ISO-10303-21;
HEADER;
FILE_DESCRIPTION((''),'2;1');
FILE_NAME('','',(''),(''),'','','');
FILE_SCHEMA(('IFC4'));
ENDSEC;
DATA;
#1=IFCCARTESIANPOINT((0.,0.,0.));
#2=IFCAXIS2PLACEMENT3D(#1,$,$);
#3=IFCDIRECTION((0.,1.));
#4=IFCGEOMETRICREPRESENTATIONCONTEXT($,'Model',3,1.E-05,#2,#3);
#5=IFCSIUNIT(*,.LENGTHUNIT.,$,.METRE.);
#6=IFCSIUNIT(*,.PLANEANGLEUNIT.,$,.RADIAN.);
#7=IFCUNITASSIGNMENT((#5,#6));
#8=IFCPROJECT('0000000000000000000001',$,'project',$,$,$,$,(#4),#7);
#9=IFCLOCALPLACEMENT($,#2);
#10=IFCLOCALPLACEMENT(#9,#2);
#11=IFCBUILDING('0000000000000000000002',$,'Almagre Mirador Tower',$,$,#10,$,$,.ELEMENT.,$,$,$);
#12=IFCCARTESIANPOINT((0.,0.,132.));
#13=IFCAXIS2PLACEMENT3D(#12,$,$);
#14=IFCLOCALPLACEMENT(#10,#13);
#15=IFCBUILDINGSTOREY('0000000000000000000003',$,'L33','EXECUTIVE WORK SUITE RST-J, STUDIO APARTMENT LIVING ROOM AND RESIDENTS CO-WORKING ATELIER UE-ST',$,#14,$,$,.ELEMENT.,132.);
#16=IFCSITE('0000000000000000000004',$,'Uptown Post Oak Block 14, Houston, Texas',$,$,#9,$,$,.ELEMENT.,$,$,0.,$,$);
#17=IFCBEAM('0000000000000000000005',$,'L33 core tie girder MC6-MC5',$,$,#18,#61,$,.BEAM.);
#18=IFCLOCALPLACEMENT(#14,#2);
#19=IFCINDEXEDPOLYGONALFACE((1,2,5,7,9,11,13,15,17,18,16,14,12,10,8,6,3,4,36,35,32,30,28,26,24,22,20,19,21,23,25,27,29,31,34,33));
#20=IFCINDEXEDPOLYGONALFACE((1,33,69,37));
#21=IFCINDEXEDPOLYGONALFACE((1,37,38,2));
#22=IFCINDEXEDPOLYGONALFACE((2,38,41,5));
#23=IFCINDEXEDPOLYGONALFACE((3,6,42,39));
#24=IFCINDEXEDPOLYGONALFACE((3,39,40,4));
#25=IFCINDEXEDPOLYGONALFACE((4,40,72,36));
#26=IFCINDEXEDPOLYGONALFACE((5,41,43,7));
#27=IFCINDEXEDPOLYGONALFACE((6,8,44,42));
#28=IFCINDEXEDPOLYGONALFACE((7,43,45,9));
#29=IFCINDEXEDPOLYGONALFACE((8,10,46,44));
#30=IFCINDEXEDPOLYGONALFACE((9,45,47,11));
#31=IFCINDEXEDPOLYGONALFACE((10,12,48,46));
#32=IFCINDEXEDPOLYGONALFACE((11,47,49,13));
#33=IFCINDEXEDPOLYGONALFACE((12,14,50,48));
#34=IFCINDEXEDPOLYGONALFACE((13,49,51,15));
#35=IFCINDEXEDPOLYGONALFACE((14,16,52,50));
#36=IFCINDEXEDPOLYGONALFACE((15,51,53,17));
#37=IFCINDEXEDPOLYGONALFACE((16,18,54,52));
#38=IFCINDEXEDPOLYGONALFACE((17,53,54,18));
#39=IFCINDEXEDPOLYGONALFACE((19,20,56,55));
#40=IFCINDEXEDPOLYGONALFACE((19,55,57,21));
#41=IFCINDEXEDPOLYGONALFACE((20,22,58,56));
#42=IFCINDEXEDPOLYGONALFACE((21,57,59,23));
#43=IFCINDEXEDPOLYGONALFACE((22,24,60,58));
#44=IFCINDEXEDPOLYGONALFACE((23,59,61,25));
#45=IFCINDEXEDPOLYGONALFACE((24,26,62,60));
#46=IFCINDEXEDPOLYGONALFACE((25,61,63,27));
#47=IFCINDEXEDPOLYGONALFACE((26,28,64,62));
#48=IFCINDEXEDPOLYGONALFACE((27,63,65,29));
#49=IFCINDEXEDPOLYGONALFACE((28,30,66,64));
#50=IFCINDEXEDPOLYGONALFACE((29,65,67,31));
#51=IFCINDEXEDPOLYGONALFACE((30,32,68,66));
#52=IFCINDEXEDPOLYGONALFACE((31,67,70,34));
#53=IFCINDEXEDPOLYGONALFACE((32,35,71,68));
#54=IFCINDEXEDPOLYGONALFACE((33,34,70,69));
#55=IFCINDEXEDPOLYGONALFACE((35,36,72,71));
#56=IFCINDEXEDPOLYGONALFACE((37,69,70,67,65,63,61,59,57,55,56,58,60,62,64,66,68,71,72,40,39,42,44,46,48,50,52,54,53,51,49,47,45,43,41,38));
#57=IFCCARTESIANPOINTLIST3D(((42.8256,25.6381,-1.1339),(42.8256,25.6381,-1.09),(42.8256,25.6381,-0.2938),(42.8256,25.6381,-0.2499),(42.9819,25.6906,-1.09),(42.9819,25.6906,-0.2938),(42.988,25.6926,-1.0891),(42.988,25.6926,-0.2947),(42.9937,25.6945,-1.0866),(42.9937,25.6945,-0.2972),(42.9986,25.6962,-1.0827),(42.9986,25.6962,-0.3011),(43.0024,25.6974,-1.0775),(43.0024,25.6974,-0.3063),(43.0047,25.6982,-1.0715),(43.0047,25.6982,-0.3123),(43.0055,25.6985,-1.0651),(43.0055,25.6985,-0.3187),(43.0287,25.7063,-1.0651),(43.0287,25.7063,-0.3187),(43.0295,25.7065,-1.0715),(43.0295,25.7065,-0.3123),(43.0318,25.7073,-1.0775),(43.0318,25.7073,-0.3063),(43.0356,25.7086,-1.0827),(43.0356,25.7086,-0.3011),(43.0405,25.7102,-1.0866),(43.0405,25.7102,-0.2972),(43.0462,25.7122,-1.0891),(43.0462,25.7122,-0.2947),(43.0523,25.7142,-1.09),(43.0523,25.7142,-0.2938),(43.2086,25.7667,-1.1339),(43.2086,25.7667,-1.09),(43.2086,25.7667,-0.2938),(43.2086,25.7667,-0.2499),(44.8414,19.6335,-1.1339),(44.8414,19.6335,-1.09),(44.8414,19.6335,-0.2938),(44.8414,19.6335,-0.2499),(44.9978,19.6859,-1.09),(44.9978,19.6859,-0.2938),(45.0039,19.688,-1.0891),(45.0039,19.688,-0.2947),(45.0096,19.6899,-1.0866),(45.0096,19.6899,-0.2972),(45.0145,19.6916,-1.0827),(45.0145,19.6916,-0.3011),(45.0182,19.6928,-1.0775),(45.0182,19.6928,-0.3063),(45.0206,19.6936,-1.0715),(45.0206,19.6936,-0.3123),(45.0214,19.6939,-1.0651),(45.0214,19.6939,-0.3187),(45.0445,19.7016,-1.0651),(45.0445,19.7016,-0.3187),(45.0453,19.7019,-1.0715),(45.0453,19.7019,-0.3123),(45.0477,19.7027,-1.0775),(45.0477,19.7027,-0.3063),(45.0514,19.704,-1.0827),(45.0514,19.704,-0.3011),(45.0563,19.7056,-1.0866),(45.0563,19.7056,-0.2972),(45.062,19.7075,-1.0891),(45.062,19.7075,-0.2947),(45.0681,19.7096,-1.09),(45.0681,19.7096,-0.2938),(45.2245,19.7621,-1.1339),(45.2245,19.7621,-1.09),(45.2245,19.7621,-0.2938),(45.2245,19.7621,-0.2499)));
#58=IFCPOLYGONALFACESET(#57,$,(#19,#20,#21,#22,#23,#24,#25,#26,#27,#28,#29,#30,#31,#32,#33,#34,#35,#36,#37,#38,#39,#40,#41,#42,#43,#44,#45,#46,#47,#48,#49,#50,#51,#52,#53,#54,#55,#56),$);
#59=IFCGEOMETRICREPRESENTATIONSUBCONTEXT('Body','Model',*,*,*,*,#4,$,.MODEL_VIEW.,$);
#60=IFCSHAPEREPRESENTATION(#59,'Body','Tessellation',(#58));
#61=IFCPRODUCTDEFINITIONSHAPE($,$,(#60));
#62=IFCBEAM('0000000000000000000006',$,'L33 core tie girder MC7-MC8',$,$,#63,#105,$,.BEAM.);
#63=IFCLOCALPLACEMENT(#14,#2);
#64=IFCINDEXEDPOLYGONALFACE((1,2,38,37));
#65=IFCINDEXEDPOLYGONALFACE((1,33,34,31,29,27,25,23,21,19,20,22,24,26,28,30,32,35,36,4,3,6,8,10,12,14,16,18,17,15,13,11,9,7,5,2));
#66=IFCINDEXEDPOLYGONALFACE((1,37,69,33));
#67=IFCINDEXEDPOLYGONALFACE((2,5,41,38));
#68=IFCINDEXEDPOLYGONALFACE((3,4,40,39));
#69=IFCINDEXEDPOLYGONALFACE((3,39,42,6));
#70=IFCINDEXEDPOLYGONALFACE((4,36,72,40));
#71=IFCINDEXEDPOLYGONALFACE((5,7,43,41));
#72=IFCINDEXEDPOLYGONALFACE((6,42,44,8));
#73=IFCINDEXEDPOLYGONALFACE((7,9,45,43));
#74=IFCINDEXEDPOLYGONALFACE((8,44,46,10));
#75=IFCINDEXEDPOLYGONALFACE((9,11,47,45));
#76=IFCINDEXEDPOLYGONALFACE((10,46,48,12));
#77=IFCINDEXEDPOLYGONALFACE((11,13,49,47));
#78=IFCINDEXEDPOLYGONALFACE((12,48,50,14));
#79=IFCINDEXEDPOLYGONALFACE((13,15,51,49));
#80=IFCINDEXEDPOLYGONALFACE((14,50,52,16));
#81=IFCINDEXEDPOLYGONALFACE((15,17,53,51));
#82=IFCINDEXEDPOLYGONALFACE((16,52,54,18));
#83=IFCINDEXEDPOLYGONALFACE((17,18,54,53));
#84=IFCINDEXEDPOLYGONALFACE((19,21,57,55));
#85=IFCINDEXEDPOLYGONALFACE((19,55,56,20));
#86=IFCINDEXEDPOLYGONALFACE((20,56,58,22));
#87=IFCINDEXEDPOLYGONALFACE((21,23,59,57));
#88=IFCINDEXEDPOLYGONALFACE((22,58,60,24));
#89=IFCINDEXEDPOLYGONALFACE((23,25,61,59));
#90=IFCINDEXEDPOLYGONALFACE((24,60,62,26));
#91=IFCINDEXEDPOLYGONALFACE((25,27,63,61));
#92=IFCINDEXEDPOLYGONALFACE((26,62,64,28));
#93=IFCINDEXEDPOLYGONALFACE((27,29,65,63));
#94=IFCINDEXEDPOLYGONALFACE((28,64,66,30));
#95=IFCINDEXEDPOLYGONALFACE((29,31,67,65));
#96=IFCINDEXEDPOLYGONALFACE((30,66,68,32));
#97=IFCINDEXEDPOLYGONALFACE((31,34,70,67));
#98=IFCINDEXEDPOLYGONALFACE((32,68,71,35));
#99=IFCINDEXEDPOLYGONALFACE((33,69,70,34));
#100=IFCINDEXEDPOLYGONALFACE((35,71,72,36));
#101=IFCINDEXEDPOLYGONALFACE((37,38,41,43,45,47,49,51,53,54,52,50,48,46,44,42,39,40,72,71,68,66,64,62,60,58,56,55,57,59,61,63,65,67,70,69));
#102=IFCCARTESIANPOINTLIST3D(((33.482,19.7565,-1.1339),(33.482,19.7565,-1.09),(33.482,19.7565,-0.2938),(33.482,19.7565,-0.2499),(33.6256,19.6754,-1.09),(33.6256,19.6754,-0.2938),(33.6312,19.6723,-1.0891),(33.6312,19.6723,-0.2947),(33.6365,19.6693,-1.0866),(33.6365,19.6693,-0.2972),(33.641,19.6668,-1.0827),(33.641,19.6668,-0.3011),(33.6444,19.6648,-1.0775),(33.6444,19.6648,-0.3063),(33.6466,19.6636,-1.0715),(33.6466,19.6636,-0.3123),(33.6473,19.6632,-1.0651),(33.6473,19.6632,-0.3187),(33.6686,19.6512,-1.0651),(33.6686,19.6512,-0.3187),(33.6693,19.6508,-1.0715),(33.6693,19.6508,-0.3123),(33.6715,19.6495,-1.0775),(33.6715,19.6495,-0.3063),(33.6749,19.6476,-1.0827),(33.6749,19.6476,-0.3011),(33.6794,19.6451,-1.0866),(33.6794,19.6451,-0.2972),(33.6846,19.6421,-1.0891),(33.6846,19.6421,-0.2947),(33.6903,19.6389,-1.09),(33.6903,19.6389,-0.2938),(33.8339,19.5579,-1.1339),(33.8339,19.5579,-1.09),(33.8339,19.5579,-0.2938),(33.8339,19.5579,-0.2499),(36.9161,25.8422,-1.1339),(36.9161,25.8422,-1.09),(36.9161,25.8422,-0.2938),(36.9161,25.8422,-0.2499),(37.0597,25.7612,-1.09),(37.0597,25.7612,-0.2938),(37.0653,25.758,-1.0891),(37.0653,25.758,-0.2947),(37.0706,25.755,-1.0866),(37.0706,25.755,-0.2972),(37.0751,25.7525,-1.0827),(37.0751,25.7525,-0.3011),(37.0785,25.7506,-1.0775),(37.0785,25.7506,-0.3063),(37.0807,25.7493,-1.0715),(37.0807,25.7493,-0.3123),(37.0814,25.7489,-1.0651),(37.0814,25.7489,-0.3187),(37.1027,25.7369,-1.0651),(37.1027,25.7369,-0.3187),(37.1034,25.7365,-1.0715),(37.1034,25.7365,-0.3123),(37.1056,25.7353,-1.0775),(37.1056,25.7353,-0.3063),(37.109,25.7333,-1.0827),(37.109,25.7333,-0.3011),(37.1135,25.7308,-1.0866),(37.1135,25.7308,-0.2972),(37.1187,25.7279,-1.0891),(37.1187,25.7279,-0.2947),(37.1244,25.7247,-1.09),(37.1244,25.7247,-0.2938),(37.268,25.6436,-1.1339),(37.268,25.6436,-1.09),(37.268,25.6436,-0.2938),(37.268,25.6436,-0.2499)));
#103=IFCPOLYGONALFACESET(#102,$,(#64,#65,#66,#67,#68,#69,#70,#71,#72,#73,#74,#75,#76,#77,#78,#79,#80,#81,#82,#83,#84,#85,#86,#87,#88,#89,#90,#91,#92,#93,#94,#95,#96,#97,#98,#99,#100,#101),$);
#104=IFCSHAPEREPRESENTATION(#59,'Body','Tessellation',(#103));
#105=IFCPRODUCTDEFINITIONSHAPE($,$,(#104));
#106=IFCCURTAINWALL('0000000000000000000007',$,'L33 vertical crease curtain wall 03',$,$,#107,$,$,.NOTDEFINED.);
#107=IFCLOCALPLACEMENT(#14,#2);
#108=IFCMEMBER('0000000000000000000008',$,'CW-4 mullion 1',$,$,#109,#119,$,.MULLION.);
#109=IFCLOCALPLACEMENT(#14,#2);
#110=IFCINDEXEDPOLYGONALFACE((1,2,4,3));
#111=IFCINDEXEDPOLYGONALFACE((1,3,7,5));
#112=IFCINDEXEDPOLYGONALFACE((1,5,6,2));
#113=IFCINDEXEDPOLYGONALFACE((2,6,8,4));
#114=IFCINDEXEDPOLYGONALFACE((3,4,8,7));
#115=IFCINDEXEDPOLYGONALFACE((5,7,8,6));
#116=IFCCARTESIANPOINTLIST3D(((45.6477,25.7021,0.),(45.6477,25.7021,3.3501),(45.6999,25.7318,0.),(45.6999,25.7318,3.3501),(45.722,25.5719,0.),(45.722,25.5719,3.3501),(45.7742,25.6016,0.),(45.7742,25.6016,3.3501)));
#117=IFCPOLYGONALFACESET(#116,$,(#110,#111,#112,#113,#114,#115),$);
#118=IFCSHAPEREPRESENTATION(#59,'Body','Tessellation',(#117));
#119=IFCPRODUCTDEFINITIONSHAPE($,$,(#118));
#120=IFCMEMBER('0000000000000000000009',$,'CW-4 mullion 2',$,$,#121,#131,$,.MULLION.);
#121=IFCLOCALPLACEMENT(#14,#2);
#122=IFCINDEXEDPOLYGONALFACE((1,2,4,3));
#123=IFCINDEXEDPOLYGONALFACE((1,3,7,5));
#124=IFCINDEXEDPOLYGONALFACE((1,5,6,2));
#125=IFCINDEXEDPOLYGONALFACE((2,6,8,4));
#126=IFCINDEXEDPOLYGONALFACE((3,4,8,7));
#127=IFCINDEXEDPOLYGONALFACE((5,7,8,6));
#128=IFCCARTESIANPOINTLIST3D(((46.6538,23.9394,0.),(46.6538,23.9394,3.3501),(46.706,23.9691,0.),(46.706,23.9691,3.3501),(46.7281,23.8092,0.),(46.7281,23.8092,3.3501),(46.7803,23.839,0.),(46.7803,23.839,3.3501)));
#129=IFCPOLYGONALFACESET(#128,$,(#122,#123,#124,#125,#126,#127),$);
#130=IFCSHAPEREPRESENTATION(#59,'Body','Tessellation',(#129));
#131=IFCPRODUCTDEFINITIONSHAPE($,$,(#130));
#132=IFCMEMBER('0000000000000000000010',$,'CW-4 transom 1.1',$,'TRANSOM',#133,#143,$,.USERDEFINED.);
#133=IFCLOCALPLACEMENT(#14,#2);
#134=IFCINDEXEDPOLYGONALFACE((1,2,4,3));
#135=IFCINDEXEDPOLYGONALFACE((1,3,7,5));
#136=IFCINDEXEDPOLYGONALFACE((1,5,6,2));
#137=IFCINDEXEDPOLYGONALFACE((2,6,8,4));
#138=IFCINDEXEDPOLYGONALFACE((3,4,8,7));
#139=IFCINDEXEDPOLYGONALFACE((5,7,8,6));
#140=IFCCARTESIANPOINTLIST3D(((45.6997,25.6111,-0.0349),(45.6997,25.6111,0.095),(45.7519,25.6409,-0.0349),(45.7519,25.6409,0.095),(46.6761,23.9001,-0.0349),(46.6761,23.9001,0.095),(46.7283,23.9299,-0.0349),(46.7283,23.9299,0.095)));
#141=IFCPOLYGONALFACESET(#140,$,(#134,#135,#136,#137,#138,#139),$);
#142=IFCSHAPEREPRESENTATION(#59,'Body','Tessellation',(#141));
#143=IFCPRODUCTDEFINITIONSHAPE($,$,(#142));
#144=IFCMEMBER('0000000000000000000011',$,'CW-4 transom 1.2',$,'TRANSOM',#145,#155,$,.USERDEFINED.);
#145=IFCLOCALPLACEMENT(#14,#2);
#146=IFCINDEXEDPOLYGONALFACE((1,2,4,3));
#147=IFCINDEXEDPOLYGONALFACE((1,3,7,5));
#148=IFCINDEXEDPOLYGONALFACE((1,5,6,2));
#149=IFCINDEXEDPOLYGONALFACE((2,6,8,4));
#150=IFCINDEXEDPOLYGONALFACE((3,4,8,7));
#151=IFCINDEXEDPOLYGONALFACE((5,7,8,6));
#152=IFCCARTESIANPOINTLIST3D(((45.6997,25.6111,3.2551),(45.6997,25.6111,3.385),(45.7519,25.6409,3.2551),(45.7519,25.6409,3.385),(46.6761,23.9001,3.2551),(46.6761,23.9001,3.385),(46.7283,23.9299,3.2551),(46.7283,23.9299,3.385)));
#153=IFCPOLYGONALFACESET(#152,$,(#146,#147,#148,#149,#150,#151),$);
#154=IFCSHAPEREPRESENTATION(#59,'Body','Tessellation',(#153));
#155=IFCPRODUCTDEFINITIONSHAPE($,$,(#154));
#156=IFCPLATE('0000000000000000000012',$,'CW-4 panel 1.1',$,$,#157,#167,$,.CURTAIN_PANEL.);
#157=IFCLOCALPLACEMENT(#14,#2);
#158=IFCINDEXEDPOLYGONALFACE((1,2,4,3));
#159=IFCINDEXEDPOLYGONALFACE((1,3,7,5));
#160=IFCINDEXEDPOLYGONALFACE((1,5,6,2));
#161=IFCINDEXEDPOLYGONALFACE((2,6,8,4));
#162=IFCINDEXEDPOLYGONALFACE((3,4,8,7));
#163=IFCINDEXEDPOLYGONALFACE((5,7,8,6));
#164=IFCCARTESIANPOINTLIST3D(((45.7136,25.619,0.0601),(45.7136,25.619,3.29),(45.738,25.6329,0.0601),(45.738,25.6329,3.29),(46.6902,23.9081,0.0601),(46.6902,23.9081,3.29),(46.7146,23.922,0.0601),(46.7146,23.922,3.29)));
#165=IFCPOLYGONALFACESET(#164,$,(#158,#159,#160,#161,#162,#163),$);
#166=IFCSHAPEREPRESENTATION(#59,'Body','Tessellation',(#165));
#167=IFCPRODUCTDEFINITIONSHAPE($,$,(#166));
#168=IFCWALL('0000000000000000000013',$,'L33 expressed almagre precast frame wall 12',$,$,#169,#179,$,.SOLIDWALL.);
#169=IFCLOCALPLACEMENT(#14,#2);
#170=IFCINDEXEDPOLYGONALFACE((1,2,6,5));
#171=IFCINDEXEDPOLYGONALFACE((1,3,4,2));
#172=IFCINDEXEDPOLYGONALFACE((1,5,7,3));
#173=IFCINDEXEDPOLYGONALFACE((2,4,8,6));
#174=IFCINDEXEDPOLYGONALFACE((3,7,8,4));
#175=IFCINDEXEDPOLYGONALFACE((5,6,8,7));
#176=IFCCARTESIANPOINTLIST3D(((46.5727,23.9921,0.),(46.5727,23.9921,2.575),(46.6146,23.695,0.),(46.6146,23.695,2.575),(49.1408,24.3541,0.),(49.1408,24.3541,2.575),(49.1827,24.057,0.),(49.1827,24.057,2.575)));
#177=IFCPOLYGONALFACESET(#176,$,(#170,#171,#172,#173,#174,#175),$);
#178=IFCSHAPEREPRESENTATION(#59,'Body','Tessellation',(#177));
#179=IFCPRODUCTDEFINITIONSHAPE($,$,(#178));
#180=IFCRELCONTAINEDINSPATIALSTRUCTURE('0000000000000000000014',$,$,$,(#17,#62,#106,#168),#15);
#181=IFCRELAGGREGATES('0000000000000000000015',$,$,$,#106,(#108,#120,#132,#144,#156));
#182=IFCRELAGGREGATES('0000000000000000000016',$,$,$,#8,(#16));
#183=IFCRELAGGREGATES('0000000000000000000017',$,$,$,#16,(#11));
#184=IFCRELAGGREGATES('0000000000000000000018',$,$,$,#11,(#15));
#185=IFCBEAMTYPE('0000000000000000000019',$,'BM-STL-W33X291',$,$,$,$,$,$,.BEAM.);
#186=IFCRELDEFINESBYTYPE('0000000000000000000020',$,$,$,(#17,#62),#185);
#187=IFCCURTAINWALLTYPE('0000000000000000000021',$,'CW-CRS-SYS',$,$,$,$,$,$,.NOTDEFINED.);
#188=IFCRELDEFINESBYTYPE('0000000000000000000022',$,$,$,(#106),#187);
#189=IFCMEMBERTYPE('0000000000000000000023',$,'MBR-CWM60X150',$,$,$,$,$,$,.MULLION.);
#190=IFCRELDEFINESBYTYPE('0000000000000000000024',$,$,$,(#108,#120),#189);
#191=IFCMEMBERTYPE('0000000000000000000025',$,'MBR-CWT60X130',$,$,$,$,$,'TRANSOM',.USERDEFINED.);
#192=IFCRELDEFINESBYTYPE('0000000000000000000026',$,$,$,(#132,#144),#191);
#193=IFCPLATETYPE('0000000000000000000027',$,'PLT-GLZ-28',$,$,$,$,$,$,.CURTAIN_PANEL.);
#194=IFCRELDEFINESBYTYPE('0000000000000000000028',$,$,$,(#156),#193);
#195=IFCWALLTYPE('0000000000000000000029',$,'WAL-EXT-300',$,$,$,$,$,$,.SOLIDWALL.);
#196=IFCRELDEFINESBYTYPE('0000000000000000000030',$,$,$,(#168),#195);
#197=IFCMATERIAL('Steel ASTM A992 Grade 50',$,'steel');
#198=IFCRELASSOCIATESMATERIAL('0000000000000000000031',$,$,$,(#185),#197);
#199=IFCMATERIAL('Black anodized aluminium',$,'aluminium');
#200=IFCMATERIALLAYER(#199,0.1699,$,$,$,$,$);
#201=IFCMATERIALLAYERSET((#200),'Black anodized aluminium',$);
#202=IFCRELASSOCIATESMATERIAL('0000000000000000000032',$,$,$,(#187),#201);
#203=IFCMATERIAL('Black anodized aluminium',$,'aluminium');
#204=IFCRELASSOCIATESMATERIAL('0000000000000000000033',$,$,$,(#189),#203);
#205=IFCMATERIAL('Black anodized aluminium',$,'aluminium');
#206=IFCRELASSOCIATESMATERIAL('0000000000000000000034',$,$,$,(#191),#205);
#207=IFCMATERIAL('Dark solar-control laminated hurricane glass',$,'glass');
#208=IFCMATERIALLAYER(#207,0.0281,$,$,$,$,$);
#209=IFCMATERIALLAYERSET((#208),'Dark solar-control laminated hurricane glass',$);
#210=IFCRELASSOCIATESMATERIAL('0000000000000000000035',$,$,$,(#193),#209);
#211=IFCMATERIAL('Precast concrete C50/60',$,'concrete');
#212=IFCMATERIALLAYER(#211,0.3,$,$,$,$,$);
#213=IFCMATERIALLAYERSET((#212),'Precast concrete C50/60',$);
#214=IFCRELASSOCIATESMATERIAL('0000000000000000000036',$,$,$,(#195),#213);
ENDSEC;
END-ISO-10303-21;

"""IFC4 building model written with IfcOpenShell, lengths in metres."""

from ifc_helpers import new_model, si_unit, direction, frame, frame_2d, origin, origin_2d, place, context, subcontext, project, spatial, rectangle, i_section, extrude, material, layer, layer_set, material_profile, profile_set, type_object, element, aggregate, save


model = new_model("IFC4")

# Units and contexts
model_context = context("Model", 3, precision=1e-05, world=origin(), true_north=direction((0.0, 1.0)))
body_context = subcontext(model_context, "Body", "Model", "MODEL_VIEW")
ifc_project = project(units=[si_unit("LENGTHUNIT", "METRE"), si_unit("PLANEANGLEUNIT", "RADIAN")], contexts=[model_context])

# Site, building, storey
site_placement = place(None, origin())
site = spatial("IfcSite", under=ifc_project, at=site_placement, Name="Uptown Post Oak Block 14, Houston, Texas", CompositionType="ELEMENT", RefElevation=0.0)
building_placement = place(site_placement, origin())
building = spatial("IfcBuilding", under=site, at=building_placement, Name="Almagre Mirador Tower", CompositionType="ELEMENT")
storey_placement = place(building_placement, frame((0.0, 0.0, 132.0)))
storey = spatial("IfcBuildingStorey", under=building, at=storey_placement, Name="L33", Description="EXECUTIVE WORK SUITE RST-J, STUDIO APARTMENT LIVING ROOM AND RESIDENTS CO-WORKING ATELIER UE-ST", CompositionType="ELEMENT", Elevation=132.0)

# Beams
ifc_material_1 = material(Name="Steel ASTM A992 Grade 50", Category="steel")
ifc_material_profile_1 = material_profile(ifc_material_1, i_section(OverallWidth=0.4041, OverallDepth=0.884, WebThickness=0.0244, FlangeThickness=0.0439, FilletRadius=0.0249, at=origin_2d()), Name="W33X291")
ifc_profile_set_1 = profile_set([ifc_material_profile_1], Name="Steel ASTM A992 Grade 50")
beam_type = type_object("IfcBeamType", Name="BM-STL-W33X291", PredefinedType="BEAM", material=ifc_profile_set_1)
beam_1_placement = place(storey_placement, frame((43.0171, 25.7024, -0.6919), z_axis=(0.318262, -0.948003, 0.0), x_axis=(0.948003, 0.318262, 0.0)))
element("IfcBeam", 1, at=beam_1_placement, inside=storey, type_object=beam_type, Name="L33 core tie girder MC6-MC5", PredefinedType="BEAM", context=body_context, shape_type="SweptSolid", body=[
    extrude(i_section(OverallWidth=0.4041, OverallDepth=0.884, WebThickness=0.0244, FlangeThickness=0.0439, FilletRadius=0.0249, at=origin_2d()), origin(), (0.0, 0.0, 1.0), 6.334),
])
beam_2_placement = place(storey_placement, frame((37.092, 25.7429, -0.6919), z_axis=(-0.491444, -0.870909, 0.0), x_axis=(0.870909, -0.491444, 0.0)))
element("IfcBeam", 2, at=beam_2_placement, inside=storey, type_object=beam_type, Name="L33 core tie girder MC7-MC8", PredefinedType="BEAM", context=body_context, shape_type="SweptSolid", body=[
    extrude(i_section(OverallWidth=0.4041, OverallDepth=0.884, WebThickness=0.0244, FlangeThickness=0.0439, FilletRadius=0.0249, at=origin_2d()), origin(), (0.0, 0.0, 1.0), 6.9878),
])

# Curtain wall, members, plate
ifc_material_2 = material(Name="Black anodized aluminium", Category="aluminium")
ifc_layer_1 = layer(ifc_material_2, 0.1699)
ifc_layer_set_1 = layer_set([ifc_layer_1], Name="Black anodized aluminium")
curtain_wall_type = type_object("IfcCurtainWallType", Name="CW-CRS-SYS", PredefinedType="NOTDEFINED", material=ifc_layer_set_1)
curtain_wall_placement = place(storey_placement, origin())
curtain_wall = element("IfcCurtainWall", 3, at=curtain_wall_placement, inside=storey, type_object=curtain_wall_type, Name="L33 vertical crease curtain wall 03", PredefinedType="NOTDEFINED")
ifc_material_3 = material(Name="Black anodized aluminium", Category="aluminium")
ifc_material_profile_2 = material_profile(ifc_material_3, rectangle(XDim=0.0601, YDim=0.1499, at=origin_2d()), Name="CWM60X150")
ifc_profile_set_2 = profile_set([ifc_material_profile_2], Name="Black anodized aluminium")
member_type_1 = type_object("IfcMemberType", Name="MBR-CWM60X150", PredefinedType="MULLION", material=ifc_profile_set_2)
member_1_placement = place(storey_placement, frame((45.7109, 25.6519, 0.0), z_axis=(0.0, 0.0, 1.0), x_axis=(0.868479, 0.495727, 0.0)))
member_1 = element("IfcMember", 4, at=member_1_placement, type_object=member_type_1, Name="CW-4 mullion 1", PredefinedType="MULLION", context=body_context, shape_type="SweptSolid", body=[
    extrude(rectangle(XDim=0.0601, YDim=0.1499, at=origin_2d()), origin(), (0.0, 0.0, 1.0), 3.3501),
])
member_2_placement = place(storey_placement, frame((46.717, 23.8892, 0.0), z_axis=(0.0, 0.0, 1.0), x_axis=(0.868479, 0.495727, 0.0)))
member_2 = element("IfcMember", 5, at=member_2_placement, type_object=member_type_1, Name="CW-4 mullion 2", PredefinedType="MULLION", context=body_context, shape_type="SweptSolid", body=[
    extrude(rectangle(XDim=0.0601, YDim=0.1499, at=origin_2d()), origin(), (0.0, 0.0, 1.0), 3.3501),
])
ifc_material_4 = material(Name="Black anodized aluminium", Category="aluminium")
ifc_material_profile_3 = material_profile(ifc_material_4, rectangle(XDim=0.0601, YDim=0.1299, at=origin_2d()), Name="CWT60X130")
ifc_profile_set_3 = profile_set([ifc_material_profile_3], Name="Black anodized aluminium")
member_type_2 = type_object("IfcMemberType", Name="MBR-CWT60X130", ElementType="TRANSOM", PredefinedType="USERDEFINED", material=ifc_profile_set_3)
member_3_placement = place(storey_placement, frame((45.7258, 25.626, 0.03), z_axis=(0.495618, -0.86854, 0.0), x_axis=(0.86854, 0.495618, 0.0)))
member_3 = element("IfcMember", 6, at=member_3_placement, type_object=member_type_2, Name="CW-4 transom 1.1", ObjectType="TRANSOM", PredefinedType="USERDEFINED", context=body_context, shape_type="SweptSolid", body=[
    extrude(rectangle(XDim=0.0601, YDim=0.1299, at=origin_2d()), origin(), (0.0, 0.0, 1.0), 1.97),
])
member_4_placement = place(storey_placement, frame((45.7258, 25.626, 3.3201), z_axis=(0.495618, -0.86854, 0.0), x_axis=(0.86854, 0.495618, 0.0)))
member_4 = element("IfcMember", 7, at=member_4_placement, type_object=member_type_2, Name="CW-4 transom 1.2", ObjectType="TRANSOM", PredefinedType="USERDEFINED", context=body_context, shape_type="SweptSolid", body=[
    extrude(rectangle(XDim=0.0601, YDim=0.1299, at=origin_2d()), origin(), (0.0, 0.0, 1.0), 1.97),
])
ifc_material_5 = material(Name="Dark solar-control laminated hurricane glass", Category="glass")
ifc_layer_2 = layer(ifc_material_5, 0.0281)
ifc_layer_set_2 = layer_set([ifc_layer_2], Name="Dark solar-control laminated hurricane glass")
plate_type = type_object("IfcPlateType", Name="PLT-GLZ-28", PredefinedType="CURTAIN_PANEL", material=ifc_layer_set_2)
plate_placement = place(storey_placement, frame((46.2141, 24.7705, 0.0601), z_axis=(0.0, 0.0, 1.0), x_axis=(0.495727, -0.868479, 0.0)))
plate = element("IfcPlate", 8, at=plate_placement, type_object=plate_type, Name="CW-4 panel 1.1", PredefinedType="CURTAIN_PANEL", context=body_context, shape_type="SweptSolid", body=[
    extrude(rectangle(XDim=1.97, YDim=0.0281, at=origin_2d()), origin(), (0.0, 0.0, 1.0), 3.23),
])
aggregate(curtain_wall, [member_1, member_2, member_3, member_4, plate])

# Wall
ifc_material_6 = material(Name="Precast concrete C50/60", Category="concrete")
ifc_layer_3 = layer(ifc_material_6, 0.3)
ifc_layer_set_3 = layer_set([ifc_layer_3], Name="Precast concrete C50/60")
wall_type_1 = type_object("IfcWallType", Name="WAL-EXT-300", PredefinedType="SOLIDWALL", material=ifc_layer_set_3)
wall_1_placement = place(storey_placement, frame((46.5935, 23.8435, 0.0), z_axis=(0.0, 0.0, 1.0), x_axis=(0.990208, 0.139602, 0.0)))
element("IfcWall", 9, at=wall_1_placement, inside=storey, type_object=wall_type_1, Name="L33 expressed almagre precast frame wall 12", PredefinedType="SOLIDWALL", context=body_context, shape_type="SweptSolid", body=[
    extrude(rectangle(XDim=2.5935, YDim=0.3, at=frame_2d((1.2969, 0.0))), origin(), (0.0, 0.0, 1.0), 2.575),
])

save(model, "model.ifc")
